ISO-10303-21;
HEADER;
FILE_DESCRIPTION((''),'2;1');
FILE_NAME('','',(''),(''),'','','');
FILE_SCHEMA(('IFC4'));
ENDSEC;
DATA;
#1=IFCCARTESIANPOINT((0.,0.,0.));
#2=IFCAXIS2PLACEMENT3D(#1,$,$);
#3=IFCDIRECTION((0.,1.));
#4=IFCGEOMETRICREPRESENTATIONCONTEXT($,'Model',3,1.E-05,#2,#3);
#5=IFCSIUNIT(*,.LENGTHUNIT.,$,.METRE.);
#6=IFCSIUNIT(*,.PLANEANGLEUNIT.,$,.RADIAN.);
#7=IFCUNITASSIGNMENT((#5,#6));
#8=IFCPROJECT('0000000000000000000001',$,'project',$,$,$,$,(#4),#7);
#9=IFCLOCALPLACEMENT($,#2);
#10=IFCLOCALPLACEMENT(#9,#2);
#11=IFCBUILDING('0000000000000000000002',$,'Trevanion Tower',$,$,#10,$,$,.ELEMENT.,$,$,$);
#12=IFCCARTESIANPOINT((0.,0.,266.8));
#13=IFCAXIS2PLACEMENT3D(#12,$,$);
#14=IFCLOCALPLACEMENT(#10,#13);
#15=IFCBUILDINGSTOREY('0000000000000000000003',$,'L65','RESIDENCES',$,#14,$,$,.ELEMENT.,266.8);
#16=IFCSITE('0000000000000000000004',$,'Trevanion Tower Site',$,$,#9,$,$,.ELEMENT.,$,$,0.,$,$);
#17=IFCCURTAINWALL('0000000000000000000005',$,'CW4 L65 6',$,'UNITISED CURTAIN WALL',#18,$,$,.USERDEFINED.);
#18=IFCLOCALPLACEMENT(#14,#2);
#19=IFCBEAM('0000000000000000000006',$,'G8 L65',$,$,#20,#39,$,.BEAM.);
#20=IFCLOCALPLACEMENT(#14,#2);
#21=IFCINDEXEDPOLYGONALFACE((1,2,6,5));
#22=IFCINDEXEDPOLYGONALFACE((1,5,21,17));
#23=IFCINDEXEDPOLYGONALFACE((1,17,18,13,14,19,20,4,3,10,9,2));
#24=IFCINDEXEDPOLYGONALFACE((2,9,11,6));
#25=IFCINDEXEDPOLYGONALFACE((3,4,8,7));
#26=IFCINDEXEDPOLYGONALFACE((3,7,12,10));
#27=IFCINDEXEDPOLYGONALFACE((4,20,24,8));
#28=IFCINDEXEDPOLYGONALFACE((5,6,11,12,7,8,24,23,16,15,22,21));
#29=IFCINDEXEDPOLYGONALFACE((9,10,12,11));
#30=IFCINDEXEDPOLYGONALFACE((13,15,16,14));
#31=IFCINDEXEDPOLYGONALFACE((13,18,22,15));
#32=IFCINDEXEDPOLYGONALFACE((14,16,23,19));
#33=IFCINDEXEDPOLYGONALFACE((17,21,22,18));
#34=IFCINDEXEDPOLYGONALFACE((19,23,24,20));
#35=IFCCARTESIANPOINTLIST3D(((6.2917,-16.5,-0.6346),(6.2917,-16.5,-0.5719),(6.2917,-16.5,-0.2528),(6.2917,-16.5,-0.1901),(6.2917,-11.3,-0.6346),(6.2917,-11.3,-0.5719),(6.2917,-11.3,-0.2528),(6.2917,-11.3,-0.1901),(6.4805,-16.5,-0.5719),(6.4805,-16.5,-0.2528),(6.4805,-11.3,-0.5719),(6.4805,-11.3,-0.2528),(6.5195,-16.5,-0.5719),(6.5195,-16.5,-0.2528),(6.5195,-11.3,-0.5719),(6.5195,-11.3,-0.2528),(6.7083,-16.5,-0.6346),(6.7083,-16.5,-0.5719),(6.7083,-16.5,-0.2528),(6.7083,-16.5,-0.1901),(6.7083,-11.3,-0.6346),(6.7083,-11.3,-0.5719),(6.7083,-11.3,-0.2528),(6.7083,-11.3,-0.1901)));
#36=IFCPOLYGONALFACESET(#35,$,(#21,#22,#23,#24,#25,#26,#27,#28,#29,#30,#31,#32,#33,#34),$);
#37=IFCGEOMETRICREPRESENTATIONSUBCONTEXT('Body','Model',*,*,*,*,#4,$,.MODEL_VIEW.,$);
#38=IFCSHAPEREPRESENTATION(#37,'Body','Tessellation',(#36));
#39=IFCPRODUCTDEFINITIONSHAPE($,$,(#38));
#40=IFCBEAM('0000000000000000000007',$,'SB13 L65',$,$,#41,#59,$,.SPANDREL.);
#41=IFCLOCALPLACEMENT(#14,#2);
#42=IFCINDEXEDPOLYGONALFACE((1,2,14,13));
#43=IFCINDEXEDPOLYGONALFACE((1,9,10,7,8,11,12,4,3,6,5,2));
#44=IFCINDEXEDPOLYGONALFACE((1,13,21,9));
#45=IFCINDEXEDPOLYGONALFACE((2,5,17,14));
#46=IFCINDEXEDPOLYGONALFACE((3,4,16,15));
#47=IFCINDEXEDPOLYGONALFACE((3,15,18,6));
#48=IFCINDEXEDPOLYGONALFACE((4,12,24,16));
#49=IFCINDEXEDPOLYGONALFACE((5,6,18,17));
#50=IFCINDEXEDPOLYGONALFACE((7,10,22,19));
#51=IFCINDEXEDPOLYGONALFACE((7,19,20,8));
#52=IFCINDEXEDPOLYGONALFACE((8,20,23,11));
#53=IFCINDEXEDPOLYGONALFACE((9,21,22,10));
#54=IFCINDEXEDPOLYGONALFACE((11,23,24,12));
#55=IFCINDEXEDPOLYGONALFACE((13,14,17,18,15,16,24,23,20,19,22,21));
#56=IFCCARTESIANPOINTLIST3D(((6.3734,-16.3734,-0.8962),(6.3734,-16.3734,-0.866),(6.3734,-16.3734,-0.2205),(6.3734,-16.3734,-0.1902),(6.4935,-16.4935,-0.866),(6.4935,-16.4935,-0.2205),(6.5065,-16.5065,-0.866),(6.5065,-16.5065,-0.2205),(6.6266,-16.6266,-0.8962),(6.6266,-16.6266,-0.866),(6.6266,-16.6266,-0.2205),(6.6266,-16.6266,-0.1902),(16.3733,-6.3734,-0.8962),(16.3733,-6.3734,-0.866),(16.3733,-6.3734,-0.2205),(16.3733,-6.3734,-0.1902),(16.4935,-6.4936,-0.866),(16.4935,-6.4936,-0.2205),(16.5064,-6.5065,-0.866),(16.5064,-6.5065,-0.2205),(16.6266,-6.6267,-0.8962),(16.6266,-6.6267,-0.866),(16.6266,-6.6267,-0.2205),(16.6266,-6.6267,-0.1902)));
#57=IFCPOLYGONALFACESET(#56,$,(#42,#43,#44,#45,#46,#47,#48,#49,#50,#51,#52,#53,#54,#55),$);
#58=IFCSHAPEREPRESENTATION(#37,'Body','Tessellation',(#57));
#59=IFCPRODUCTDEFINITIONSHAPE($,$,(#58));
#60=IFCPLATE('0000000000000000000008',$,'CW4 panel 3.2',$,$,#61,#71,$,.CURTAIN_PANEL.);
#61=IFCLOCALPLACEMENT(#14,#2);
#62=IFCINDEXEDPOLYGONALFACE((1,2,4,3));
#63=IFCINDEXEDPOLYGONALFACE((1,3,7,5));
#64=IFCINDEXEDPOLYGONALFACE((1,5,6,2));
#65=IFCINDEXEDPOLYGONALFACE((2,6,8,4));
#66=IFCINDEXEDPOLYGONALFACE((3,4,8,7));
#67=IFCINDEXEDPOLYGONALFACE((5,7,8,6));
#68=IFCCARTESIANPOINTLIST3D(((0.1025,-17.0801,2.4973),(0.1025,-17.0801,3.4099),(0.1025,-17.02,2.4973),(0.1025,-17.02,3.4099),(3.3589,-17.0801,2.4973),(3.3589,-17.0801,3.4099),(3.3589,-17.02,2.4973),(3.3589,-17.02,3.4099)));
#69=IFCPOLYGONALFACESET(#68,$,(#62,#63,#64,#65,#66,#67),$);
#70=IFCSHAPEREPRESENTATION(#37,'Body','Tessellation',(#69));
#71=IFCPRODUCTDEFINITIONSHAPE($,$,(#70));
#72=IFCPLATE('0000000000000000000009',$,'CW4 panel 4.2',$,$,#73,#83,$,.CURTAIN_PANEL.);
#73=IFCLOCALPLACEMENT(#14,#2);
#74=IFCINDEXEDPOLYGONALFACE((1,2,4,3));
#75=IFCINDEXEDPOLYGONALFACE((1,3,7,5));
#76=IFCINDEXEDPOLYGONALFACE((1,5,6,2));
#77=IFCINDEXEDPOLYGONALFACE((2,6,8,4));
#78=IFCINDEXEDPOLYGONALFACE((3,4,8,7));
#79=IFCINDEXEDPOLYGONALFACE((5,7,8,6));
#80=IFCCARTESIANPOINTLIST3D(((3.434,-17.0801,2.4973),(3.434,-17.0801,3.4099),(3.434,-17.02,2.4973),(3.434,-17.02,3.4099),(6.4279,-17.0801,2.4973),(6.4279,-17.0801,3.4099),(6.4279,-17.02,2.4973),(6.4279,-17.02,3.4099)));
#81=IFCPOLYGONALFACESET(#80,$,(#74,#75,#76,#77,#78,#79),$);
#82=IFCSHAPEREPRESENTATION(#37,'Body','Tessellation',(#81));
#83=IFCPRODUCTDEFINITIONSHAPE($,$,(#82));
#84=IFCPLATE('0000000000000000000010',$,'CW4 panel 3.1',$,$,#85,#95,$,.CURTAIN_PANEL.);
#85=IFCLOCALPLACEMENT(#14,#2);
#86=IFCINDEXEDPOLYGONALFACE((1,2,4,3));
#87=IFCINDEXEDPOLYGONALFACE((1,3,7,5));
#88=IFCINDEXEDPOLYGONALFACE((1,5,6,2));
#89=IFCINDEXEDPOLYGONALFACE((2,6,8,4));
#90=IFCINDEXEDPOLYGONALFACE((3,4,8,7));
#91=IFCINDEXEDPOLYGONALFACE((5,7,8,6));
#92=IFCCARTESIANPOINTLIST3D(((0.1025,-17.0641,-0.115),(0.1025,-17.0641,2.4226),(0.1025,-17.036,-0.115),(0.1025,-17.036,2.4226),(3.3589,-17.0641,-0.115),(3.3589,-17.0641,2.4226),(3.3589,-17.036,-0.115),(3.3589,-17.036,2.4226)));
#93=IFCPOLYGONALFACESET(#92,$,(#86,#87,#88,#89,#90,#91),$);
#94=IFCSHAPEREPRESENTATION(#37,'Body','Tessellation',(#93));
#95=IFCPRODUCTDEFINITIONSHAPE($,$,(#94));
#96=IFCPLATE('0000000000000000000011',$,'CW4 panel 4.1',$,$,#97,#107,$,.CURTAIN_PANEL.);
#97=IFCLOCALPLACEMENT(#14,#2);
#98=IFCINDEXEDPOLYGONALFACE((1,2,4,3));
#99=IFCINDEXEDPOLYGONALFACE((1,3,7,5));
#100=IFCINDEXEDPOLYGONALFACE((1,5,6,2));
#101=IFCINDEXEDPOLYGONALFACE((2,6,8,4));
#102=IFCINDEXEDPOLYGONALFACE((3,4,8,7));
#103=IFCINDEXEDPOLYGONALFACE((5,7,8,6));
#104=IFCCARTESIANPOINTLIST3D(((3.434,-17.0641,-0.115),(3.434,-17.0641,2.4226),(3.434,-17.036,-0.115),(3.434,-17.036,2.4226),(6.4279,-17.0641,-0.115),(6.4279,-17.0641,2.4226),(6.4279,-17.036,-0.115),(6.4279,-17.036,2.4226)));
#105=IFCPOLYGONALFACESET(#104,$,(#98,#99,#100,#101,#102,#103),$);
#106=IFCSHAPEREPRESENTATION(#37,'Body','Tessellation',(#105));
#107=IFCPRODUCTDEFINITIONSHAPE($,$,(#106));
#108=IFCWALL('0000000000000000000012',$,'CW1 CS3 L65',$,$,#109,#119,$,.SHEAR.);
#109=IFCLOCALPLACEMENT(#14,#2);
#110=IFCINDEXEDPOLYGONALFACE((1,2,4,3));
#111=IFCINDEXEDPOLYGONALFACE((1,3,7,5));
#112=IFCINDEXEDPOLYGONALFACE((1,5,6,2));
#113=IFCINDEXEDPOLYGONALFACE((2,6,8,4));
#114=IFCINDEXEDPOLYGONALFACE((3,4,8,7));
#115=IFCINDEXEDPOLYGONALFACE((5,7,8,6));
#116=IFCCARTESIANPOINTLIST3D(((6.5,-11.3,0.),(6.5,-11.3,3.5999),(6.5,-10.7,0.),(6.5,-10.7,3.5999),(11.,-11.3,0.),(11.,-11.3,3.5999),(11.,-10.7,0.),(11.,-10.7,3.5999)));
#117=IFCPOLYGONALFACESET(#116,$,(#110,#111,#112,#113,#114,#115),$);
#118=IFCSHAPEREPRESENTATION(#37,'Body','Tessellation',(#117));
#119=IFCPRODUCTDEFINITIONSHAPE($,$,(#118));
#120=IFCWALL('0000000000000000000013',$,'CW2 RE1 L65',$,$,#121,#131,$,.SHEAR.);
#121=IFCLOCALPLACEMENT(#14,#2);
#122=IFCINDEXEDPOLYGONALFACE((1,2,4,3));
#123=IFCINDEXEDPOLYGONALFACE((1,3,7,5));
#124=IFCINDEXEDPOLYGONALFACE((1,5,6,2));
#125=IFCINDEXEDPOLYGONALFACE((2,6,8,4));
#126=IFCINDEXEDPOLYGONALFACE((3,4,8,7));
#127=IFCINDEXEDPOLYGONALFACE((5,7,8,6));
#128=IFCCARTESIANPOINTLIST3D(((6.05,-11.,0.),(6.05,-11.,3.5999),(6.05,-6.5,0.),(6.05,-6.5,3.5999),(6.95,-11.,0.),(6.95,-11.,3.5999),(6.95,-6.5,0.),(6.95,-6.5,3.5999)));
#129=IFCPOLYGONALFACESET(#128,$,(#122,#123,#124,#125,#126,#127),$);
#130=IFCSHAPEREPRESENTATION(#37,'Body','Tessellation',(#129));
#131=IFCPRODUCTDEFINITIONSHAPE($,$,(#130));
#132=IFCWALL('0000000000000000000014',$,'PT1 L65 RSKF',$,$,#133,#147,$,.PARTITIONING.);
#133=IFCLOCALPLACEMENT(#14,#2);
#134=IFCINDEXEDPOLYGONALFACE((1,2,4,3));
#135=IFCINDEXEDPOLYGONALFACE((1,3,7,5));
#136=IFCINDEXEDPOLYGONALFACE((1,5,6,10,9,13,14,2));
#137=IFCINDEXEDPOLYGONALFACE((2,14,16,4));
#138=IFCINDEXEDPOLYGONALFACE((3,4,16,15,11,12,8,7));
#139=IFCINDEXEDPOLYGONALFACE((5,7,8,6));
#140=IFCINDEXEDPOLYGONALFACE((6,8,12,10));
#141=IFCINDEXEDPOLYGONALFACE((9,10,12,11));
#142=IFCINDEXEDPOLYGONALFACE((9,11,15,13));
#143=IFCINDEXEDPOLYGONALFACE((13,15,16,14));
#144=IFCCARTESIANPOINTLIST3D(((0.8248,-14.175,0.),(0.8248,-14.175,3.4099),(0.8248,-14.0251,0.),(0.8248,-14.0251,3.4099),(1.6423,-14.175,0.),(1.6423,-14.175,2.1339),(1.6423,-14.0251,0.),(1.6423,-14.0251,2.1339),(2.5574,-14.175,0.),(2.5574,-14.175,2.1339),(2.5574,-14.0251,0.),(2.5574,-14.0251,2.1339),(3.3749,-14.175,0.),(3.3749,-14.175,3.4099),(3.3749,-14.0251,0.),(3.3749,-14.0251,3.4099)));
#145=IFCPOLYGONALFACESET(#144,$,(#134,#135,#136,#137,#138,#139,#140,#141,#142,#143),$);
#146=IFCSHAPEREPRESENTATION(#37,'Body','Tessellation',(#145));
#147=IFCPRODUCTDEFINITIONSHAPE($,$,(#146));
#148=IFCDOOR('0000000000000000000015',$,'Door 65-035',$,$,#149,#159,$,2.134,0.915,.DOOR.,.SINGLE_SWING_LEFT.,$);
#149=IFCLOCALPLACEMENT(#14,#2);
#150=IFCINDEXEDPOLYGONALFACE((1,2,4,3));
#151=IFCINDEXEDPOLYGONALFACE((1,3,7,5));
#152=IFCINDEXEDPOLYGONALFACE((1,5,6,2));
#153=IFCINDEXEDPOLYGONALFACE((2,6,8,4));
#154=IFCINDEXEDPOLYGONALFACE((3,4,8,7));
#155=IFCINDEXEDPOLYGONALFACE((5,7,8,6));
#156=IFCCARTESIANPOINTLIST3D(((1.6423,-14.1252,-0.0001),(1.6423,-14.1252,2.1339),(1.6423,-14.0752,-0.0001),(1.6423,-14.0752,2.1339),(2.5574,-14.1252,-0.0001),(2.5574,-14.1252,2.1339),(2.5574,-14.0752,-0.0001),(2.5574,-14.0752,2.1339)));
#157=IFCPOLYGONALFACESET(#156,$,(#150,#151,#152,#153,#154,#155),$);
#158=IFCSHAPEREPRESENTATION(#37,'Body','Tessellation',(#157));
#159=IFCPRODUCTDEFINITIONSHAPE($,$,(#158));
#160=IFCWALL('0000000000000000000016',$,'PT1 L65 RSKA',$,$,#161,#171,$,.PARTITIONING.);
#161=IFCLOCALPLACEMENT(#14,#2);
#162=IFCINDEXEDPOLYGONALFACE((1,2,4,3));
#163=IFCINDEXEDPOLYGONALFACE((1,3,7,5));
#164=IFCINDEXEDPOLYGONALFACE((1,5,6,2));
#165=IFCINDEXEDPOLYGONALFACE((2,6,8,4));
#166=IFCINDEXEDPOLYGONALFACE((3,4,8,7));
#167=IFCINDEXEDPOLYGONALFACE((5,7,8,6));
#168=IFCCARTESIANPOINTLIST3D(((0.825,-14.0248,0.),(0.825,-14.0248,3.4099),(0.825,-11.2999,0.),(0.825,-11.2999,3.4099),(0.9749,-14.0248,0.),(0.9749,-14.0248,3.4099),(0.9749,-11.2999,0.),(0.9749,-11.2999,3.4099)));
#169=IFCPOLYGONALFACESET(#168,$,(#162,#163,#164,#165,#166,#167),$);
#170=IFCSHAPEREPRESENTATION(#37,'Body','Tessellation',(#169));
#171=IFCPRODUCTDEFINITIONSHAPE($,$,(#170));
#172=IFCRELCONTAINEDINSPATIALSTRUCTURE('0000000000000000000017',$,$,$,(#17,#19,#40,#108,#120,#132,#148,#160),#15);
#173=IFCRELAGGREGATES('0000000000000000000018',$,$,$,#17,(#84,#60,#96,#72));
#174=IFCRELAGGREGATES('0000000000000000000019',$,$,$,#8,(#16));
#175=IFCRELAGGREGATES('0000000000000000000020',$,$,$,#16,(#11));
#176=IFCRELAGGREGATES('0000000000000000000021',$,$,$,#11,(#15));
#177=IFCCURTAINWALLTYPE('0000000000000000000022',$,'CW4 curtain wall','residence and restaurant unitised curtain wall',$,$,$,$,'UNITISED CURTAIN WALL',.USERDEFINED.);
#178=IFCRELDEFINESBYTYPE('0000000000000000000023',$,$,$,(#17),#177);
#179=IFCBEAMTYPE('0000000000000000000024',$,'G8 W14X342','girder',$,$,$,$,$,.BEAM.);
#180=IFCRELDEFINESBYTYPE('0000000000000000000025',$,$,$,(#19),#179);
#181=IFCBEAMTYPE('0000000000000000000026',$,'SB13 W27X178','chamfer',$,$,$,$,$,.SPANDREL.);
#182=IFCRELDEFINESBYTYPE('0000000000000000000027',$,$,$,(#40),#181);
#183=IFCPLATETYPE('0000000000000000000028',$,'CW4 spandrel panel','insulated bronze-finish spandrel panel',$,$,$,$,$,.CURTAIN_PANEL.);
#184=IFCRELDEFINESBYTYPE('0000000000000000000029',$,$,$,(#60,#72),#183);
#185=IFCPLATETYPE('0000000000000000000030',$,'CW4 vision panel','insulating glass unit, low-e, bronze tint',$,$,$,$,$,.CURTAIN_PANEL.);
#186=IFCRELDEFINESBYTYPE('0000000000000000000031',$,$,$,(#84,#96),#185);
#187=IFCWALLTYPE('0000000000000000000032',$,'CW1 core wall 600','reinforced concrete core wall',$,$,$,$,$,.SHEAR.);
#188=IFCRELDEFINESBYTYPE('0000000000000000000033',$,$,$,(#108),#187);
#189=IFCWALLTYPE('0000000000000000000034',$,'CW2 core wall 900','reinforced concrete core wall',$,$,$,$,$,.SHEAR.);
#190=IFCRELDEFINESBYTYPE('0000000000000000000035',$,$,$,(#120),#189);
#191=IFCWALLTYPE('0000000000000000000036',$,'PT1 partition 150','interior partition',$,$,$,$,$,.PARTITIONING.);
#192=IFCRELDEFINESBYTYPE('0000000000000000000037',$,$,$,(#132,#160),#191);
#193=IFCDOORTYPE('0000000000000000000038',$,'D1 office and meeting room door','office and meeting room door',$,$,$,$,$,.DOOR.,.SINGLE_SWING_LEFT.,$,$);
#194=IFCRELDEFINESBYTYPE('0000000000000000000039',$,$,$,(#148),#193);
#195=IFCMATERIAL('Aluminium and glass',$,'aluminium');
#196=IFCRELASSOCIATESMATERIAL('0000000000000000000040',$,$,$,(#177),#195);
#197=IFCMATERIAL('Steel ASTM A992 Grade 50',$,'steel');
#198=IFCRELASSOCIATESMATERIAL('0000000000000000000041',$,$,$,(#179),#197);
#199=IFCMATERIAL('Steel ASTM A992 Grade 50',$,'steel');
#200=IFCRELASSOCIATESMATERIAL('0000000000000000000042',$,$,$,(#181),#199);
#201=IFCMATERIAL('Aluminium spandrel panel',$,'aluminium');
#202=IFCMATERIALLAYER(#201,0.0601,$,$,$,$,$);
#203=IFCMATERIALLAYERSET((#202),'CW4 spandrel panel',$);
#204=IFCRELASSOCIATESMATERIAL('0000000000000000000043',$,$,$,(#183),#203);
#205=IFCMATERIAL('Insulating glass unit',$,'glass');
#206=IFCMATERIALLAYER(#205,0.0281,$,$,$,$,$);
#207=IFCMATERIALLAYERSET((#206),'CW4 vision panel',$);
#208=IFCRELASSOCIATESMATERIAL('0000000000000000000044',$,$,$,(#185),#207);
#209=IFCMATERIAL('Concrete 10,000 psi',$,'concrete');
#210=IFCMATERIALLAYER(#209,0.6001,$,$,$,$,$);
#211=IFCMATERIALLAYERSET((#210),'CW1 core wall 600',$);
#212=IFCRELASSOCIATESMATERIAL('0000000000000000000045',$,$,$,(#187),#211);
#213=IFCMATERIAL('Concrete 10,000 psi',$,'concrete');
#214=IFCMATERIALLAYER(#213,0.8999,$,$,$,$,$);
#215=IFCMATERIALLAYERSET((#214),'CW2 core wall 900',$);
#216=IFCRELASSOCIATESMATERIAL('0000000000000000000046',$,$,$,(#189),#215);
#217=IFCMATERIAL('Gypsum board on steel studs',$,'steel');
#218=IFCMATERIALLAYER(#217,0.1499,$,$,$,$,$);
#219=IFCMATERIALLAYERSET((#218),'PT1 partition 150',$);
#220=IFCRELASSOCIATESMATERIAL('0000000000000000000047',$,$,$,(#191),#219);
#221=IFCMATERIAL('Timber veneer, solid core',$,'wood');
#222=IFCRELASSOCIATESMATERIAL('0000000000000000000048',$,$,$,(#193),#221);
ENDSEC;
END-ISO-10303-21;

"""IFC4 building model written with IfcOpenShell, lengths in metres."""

from ifc_helpers import new_model, si_unit, direction, frame, frame_2d, origin, origin_2d, place, context, subcontext, project, spatial, rectangle, i_section, extrude, material, layer, layer_set, material_profile, profile_set, type_object, element, fill, aggregate, save


model = new_model("IFC4")

# Units and contexts
model_context = context("Model", 3, precision=1e-05, world=origin(), true_north=direction((0.0, 1.0)))
body_context = subcontext(model_context, "Body", "Model", "MODEL_VIEW")
ifc_project = project(units=[si_unit("LENGTHUNIT", "METRE"), si_unit("PLANEANGLEUNIT", "RADIAN")], contexts=[model_context])

# Site, building, storey
site_placement = place(None, origin())
site = spatial("IfcSite", under=ifc_project, at=site_placement, Name="Trevanion Tower Site", CompositionType="ELEMENT", RefElevation=0.0)
building_placement = place(site_placement, origin())
building = spatial("IfcBuilding", under=site, at=building_placement, Name="Trevanion Tower", CompositionType="ELEMENT")
storey_placement = place(building_placement, frame((0.0, 0.0, 266.8)))
storey = spatial("IfcBuildingStorey", under=building, at=storey_placement, Name="L65", Description="RESIDENCES", CompositionType="ELEMENT", Elevation=266.8)

# Curtain wall
ifc_material_1 = material(Name="Aluminium and glass", Category="aluminium")
curtain_wall_type = type_object("IfcCurtainWallType", Name="CW4 curtain wall", Description="residence and restaurant unitised curtain wall", ElementType="UNITISED CURTAIN WALL", PredefinedType="USERDEFINED", material=ifc_material_1)
curtain_wall_1_placement = place(storey_placement, origin())
curtain_wall_1 = element("IfcCurtainWall", 1, at=curtain_wall_1_placement, inside=storey, type_object=curtain_wall_type, Name="CW4 L65 6", ObjectType="UNITISED CURTAIN WALL", PredefinedType="USERDEFINED")

# Beams
ifc_material_2 = material(Name="Steel ASTM A992 Grade 50", Category="steel")
ifc_material_profile_1 = material_profile(ifc_material_2, i_section(OverallWidth=0.4165, OverallDepth=0.4446, WebThickness=0.0391, FlangeThickness=0.0627, at=origin_2d()), Name="W14X342")
ifc_profile_set_1 = profile_set([ifc_material_profile_1], Name="Steel ASTM A992 Grade 50")
beam_type_1 = type_object("IfcBeamType", Name="G8 W14X342", Description="girder", PredefinedType="BEAM", material=ifc_profile_set_1)
beam_1_placement = place(storey_placement, frame((6.5, -11.3, -0.4124), z_axis=(0.0, -1.0, 0.0), x_axis=(1.0, 0.0, 0.0)))
element("IfcBeam", 2, at=beam_1_placement, inside=storey, type_object=beam_type_1, Name="G8 L65", PredefinedType="BEAM", context=body_context, shape_type="SweptSolid", body=[
    extrude(i_section(OverallWidth=0.4165, OverallDepth=0.4446, WebThickness=0.0391, FlangeThickness=0.0627, at=origin_2d()), origin(), (0.0, 0.0, 1.0), 5.2),
])
ifc_material_3 = material(Name="Steel ASTM A992 Grade 50", Category="steel")
ifc_material_profile_2 = material_profile(ifc_material_3, i_section(OverallWidth=0.3582, OverallDepth=0.7061, WebThickness=0.0183, FlangeThickness=0.0303, at=origin_2d()), Name="W27X178")
ifc_profile_set_2 = profile_set([ifc_material_profile_2], Name="Steel ASTM A992 Grade 50")
beam_type_2 = type_object("IfcBeamType", Name="SB13 W27X178", Description="chamfer", PredefinedType="SPANDREL", material=ifc_profile_set_2)
beam_2_placement = place(storey_placement, frame((6.5, -16.5, -0.5432), z_axis=(0.707107, 0.707107, 0.0), x_axis=(-0.707107, 0.707107, 0.0)))
element("IfcBeam", 3, at=beam_2_placement, inside=storey, type_object=beam_type_2, Name="SB13 L65", PredefinedType="SPANDREL", context=body_context, shape_type="SweptSolid", body=[
    extrude(i_section(OverallWidth=0.3582, OverallDepth=0.7061, WebThickness=0.0183, FlangeThickness=0.0303, at=origin_2d()), origin(), (0.0, 0.0, 1.0), 14.1421),
])

# Plates
ifc_material_4 = material(Name="Aluminium spandrel panel", Category="aluminium")
ifc_layer_1 = layer(ifc_material_4, 0.0601)
ifc_layer_set_1 = layer_set([ifc_layer_1], Name="CW4 spandrel panel")
plate_type_1 = type_object("IfcPlateType", Name="CW4 spandrel panel", Description="insulated bronze-finish spandrel panel", PredefinedType="CURTAIN_PANEL", material=ifc_layer_set_1)
plate_1_placement = place(storey_placement, frame((1.7307, -17.05, 2.4973), z_axis=(0.0, 0.0, 1.0), x_axis=(1.0, 0.0, 0.0)))
plate_1 = element("IfcPlate", 4, at=plate_1_placement, type_object=plate_type_1, Name="CW4 panel 3.2", PredefinedType="CURTAIN_PANEL", context=body_context, shape_type="SweptSolid", body=[
    extrude(rectangle(XDim=3.2563, YDim=0.0601, at=origin_2d()), origin(), (0.0, 0.0, 1.0), 0.9126),
])
plate_2_placement = place(storey_placement, frame((4.9309, -17.05, 2.4973), z_axis=(0.0, 0.0, 1.0), x_axis=(1.0, 0.0, 0.0)))
plate_2 = element("IfcPlate", 5, at=plate_2_placement, type_object=plate_type_1, Name="CW4 panel 4.2", PredefinedType="CURTAIN_PANEL", context=body_context, shape_type="SweptSolid", body=[
    extrude(rectangle(XDim=2.9939, YDim=0.0601, at=origin_2d()), origin(), (0.0, 0.0, 1.0), 0.9126),
])
ifc_material_5 = material(Name="Insulating glass unit", Category="glass")
ifc_layer_2 = layer(ifc_material_5, 0.0281)
ifc_layer_set_2 = layer_set([ifc_layer_2], Name="CW4 vision panel")
plate_type_2 = type_object("IfcPlateType", Name="CW4 vision panel", Description="insulating glass unit, low-e, bronze tint", PredefinedType="CURTAIN_PANEL", material=ifc_layer_set_2)
plate_3_placement = place(storey_placement, frame((1.7307, -17.05, -0.115), z_axis=(0.0, 0.0, 1.0), x_axis=(1.0, 0.0, 0.0)))
plate_3 = element("IfcPlate", 6, at=plate_3_placement, type_object=plate_type_2, Name="CW4 panel 3.1", PredefinedType="CURTAIN_PANEL", context=body_context, shape_type="SweptSolid", body=[
    extrude(rectangle(XDim=3.2563, YDim=0.0281, at=origin_2d()), origin(), (0.0, 0.0, 1.0), 2.5376),
])
plate_4_placement = place(storey_placement, frame((4.9309, -17.05, -0.115), z_axis=(0.0, 0.0, 1.0), x_axis=(1.0, 0.0, 0.0)))
plate_4 = element("IfcPlate", 7, at=plate_4_placement, type_object=plate_type_2, Name="CW4 panel 4.1", PredefinedType="CURTAIN_PANEL", context=body_context, shape_type="SweptSolid", body=[
    extrude(rectangle(XDim=2.9939, YDim=0.0281, at=origin_2d()), origin(), (0.0, 0.0, 1.0), 2.5376),
])
aggregate(curtain_wall_1, [plate_3, plate_1, plate_4, plate_2])

# Walls
ifc_material_6 = material(Name="Concrete 10,000 psi", Category="concrete")
ifc_layer_3 = layer(ifc_material_6, 0.6001)
ifc_layer_set_3 = layer_set([ifc_layer_3], Name="CW1 core wall 600")
wall_type_1 = type_object("IfcWallType", Name="CW1 core wall 600", Description="reinforced concrete core wall", PredefinedType="SHEAR", material=ifc_layer_set_3)
wall_1_placement = place(storey_placement, frame((6.5, -11.0, 0.0), z_axis=(0.0, 0.0, 1.0), x_axis=(1.0, 0.0, 0.0)))
element("IfcWall", 8, at=wall_1_placement, inside=storey, type_object=wall_type_1, Name="CW1 CS3 L65", PredefinedType="SHEAR", context=body_context, shape_type="SweptSolid", body=[
    extrude(rectangle(XDim=4.5, YDim=0.6001, at=frame_2d((2.25, 0.0))), origin(), (0.0, 0.0, 1.0), 3.5999),
])
ifc_material_7 = material(Name="Concrete 10,000 psi", Category="concrete")
ifc_layer_4 = layer(ifc_material_7, 0.8999)
ifc_layer_set_4 = layer_set([ifc_layer_4], Name="CW2 core wall 900")
wall_type_2 = type_object("IfcWallType", Name="CW2 core wall 900", Description="reinforced concrete core wall", PredefinedType="SHEAR", material=ifc_layer_set_4)
wall_2_placement = place(storey_placement, frame((6.5, -11.0, 0.0), z_axis=(0.0, 0.0, 1.0), x_axis=(0.0, 1.0, 0.0)))
element("IfcWall", 9, at=wall_2_placement, inside=storey, type_object=wall_type_2, Name="CW2 RE1 L65", PredefinedType="SHEAR", context=body_context, shape_type="SweptSolid", body=[
    extrude(rectangle(XDim=4.5, YDim=0.8999, at=frame_2d((2.25, 0.0))), origin(), (0.0, 0.0, 1.0), 3.5999),
])

# Wall, opening, door
ifc_material_8 = material(Name="Gypsum board on steel studs", Category="steel")
ifc_layer_5 = layer(ifc_material_8, 0.1499)
ifc_layer_set_5 = layer_set([ifc_layer_5], Name="PT1 partition 150")
wall_type_3 = type_object("IfcWallType", Name="PT1 partition 150", Description="interior partition", PredefinedType="PARTITIONING", material=ifc_layer_set_5)
wall_3_placement = place(storey_placement, frame((0.825, -14.1001, 0.0), z_axis=(0.0, 0.0, 1.0), x_axis=(1.0, 0.0, 0.0)))
wall_3 = element("IfcWall", 10, at=wall_3_placement, inside=storey, type_object=wall_type_3, Name="PT1 L65 RSKF", PredefinedType="PARTITIONING", context=body_context, shape_type="SweptSolid", body=[
    extrude(rectangle(XDim=2.55, YDim=0.1499, at=frame_2d((1.2749, 0.0))), origin(), (0.0, 0.0, 1.0), 3.4099),
])
opening_placement = place(wall_3_placement, frame((0.8174, 0.0, 0.0)))
opening = element("IfcOpeningElement", 11, at=opening_placement, cuts=wall_3, PredefinedType="OPENING", context=body_context, shape_type="SweptSolid", body=[
    extrude(rectangle(XDim=0.915, YDim=2.134, at=frame_2d((0.4575, 1.0669))), frame((0.0, 0.085, 0.0), z_axis=(0.0, -1.0, 0.0), x_axis=(1.0, 0.0, 0.0)), (0.0, 0.0, 1.0), 0.1699),
])
ifc_material_9 = material(Name="Timber veneer, solid core", Category="wood")
door_type = type_object("IfcDoorType", Name="D1 office and meeting room door", Description="office and meeting room door", OperationType="SINGLE_SWING_LEFT", PredefinedType="DOOR", material=ifc_material_9)
door_placement = place(opening_placement, origin())
door = element("IfcDoor", 12, at=door_placement, inside=storey, type_object=door_type, Name="Door 65-035", OperationType="SINGLE_SWING_LEFT", OverallHeight=2.134, OverallWidth=0.915, PredefinedType="DOOR", context=body_context, shape_type="SweptSolid", body=[
    extrude(rectangle(XDim=0.915, YDim=2.134, at=frame_2d((0.4575, 1.0669))), frame((0.0, 0.0249, 0.0), z_axis=(0.0, -1.0, 0.0), x_axis=(1.0, 0.0, 0.0)), (0.0, 0.0, 1.0), 0.05),
])
fill(opening, door)

# Wall
wall_4_placement = place(storey_placement, frame((0.8999, -11.3, 0.0), z_axis=(0.0, 0.0, 1.0), x_axis=(0.0, -1.0, 0.0)))
element("IfcWall", 13, at=wall_4_placement, inside=storey, type_object=wall_type_3, Name="PT1 L65 RSKA", PredefinedType="PARTITIONING", context=body_context, shape_type="SweptSolid", body=[
    extrude(rectangle(XDim=2.7249, YDim=0.1499, at=frame_2d((1.3623, 0.0))), origin(), (0.0, 0.0, 1.0), 3.4099),
])

save(model, "model.ifc")
